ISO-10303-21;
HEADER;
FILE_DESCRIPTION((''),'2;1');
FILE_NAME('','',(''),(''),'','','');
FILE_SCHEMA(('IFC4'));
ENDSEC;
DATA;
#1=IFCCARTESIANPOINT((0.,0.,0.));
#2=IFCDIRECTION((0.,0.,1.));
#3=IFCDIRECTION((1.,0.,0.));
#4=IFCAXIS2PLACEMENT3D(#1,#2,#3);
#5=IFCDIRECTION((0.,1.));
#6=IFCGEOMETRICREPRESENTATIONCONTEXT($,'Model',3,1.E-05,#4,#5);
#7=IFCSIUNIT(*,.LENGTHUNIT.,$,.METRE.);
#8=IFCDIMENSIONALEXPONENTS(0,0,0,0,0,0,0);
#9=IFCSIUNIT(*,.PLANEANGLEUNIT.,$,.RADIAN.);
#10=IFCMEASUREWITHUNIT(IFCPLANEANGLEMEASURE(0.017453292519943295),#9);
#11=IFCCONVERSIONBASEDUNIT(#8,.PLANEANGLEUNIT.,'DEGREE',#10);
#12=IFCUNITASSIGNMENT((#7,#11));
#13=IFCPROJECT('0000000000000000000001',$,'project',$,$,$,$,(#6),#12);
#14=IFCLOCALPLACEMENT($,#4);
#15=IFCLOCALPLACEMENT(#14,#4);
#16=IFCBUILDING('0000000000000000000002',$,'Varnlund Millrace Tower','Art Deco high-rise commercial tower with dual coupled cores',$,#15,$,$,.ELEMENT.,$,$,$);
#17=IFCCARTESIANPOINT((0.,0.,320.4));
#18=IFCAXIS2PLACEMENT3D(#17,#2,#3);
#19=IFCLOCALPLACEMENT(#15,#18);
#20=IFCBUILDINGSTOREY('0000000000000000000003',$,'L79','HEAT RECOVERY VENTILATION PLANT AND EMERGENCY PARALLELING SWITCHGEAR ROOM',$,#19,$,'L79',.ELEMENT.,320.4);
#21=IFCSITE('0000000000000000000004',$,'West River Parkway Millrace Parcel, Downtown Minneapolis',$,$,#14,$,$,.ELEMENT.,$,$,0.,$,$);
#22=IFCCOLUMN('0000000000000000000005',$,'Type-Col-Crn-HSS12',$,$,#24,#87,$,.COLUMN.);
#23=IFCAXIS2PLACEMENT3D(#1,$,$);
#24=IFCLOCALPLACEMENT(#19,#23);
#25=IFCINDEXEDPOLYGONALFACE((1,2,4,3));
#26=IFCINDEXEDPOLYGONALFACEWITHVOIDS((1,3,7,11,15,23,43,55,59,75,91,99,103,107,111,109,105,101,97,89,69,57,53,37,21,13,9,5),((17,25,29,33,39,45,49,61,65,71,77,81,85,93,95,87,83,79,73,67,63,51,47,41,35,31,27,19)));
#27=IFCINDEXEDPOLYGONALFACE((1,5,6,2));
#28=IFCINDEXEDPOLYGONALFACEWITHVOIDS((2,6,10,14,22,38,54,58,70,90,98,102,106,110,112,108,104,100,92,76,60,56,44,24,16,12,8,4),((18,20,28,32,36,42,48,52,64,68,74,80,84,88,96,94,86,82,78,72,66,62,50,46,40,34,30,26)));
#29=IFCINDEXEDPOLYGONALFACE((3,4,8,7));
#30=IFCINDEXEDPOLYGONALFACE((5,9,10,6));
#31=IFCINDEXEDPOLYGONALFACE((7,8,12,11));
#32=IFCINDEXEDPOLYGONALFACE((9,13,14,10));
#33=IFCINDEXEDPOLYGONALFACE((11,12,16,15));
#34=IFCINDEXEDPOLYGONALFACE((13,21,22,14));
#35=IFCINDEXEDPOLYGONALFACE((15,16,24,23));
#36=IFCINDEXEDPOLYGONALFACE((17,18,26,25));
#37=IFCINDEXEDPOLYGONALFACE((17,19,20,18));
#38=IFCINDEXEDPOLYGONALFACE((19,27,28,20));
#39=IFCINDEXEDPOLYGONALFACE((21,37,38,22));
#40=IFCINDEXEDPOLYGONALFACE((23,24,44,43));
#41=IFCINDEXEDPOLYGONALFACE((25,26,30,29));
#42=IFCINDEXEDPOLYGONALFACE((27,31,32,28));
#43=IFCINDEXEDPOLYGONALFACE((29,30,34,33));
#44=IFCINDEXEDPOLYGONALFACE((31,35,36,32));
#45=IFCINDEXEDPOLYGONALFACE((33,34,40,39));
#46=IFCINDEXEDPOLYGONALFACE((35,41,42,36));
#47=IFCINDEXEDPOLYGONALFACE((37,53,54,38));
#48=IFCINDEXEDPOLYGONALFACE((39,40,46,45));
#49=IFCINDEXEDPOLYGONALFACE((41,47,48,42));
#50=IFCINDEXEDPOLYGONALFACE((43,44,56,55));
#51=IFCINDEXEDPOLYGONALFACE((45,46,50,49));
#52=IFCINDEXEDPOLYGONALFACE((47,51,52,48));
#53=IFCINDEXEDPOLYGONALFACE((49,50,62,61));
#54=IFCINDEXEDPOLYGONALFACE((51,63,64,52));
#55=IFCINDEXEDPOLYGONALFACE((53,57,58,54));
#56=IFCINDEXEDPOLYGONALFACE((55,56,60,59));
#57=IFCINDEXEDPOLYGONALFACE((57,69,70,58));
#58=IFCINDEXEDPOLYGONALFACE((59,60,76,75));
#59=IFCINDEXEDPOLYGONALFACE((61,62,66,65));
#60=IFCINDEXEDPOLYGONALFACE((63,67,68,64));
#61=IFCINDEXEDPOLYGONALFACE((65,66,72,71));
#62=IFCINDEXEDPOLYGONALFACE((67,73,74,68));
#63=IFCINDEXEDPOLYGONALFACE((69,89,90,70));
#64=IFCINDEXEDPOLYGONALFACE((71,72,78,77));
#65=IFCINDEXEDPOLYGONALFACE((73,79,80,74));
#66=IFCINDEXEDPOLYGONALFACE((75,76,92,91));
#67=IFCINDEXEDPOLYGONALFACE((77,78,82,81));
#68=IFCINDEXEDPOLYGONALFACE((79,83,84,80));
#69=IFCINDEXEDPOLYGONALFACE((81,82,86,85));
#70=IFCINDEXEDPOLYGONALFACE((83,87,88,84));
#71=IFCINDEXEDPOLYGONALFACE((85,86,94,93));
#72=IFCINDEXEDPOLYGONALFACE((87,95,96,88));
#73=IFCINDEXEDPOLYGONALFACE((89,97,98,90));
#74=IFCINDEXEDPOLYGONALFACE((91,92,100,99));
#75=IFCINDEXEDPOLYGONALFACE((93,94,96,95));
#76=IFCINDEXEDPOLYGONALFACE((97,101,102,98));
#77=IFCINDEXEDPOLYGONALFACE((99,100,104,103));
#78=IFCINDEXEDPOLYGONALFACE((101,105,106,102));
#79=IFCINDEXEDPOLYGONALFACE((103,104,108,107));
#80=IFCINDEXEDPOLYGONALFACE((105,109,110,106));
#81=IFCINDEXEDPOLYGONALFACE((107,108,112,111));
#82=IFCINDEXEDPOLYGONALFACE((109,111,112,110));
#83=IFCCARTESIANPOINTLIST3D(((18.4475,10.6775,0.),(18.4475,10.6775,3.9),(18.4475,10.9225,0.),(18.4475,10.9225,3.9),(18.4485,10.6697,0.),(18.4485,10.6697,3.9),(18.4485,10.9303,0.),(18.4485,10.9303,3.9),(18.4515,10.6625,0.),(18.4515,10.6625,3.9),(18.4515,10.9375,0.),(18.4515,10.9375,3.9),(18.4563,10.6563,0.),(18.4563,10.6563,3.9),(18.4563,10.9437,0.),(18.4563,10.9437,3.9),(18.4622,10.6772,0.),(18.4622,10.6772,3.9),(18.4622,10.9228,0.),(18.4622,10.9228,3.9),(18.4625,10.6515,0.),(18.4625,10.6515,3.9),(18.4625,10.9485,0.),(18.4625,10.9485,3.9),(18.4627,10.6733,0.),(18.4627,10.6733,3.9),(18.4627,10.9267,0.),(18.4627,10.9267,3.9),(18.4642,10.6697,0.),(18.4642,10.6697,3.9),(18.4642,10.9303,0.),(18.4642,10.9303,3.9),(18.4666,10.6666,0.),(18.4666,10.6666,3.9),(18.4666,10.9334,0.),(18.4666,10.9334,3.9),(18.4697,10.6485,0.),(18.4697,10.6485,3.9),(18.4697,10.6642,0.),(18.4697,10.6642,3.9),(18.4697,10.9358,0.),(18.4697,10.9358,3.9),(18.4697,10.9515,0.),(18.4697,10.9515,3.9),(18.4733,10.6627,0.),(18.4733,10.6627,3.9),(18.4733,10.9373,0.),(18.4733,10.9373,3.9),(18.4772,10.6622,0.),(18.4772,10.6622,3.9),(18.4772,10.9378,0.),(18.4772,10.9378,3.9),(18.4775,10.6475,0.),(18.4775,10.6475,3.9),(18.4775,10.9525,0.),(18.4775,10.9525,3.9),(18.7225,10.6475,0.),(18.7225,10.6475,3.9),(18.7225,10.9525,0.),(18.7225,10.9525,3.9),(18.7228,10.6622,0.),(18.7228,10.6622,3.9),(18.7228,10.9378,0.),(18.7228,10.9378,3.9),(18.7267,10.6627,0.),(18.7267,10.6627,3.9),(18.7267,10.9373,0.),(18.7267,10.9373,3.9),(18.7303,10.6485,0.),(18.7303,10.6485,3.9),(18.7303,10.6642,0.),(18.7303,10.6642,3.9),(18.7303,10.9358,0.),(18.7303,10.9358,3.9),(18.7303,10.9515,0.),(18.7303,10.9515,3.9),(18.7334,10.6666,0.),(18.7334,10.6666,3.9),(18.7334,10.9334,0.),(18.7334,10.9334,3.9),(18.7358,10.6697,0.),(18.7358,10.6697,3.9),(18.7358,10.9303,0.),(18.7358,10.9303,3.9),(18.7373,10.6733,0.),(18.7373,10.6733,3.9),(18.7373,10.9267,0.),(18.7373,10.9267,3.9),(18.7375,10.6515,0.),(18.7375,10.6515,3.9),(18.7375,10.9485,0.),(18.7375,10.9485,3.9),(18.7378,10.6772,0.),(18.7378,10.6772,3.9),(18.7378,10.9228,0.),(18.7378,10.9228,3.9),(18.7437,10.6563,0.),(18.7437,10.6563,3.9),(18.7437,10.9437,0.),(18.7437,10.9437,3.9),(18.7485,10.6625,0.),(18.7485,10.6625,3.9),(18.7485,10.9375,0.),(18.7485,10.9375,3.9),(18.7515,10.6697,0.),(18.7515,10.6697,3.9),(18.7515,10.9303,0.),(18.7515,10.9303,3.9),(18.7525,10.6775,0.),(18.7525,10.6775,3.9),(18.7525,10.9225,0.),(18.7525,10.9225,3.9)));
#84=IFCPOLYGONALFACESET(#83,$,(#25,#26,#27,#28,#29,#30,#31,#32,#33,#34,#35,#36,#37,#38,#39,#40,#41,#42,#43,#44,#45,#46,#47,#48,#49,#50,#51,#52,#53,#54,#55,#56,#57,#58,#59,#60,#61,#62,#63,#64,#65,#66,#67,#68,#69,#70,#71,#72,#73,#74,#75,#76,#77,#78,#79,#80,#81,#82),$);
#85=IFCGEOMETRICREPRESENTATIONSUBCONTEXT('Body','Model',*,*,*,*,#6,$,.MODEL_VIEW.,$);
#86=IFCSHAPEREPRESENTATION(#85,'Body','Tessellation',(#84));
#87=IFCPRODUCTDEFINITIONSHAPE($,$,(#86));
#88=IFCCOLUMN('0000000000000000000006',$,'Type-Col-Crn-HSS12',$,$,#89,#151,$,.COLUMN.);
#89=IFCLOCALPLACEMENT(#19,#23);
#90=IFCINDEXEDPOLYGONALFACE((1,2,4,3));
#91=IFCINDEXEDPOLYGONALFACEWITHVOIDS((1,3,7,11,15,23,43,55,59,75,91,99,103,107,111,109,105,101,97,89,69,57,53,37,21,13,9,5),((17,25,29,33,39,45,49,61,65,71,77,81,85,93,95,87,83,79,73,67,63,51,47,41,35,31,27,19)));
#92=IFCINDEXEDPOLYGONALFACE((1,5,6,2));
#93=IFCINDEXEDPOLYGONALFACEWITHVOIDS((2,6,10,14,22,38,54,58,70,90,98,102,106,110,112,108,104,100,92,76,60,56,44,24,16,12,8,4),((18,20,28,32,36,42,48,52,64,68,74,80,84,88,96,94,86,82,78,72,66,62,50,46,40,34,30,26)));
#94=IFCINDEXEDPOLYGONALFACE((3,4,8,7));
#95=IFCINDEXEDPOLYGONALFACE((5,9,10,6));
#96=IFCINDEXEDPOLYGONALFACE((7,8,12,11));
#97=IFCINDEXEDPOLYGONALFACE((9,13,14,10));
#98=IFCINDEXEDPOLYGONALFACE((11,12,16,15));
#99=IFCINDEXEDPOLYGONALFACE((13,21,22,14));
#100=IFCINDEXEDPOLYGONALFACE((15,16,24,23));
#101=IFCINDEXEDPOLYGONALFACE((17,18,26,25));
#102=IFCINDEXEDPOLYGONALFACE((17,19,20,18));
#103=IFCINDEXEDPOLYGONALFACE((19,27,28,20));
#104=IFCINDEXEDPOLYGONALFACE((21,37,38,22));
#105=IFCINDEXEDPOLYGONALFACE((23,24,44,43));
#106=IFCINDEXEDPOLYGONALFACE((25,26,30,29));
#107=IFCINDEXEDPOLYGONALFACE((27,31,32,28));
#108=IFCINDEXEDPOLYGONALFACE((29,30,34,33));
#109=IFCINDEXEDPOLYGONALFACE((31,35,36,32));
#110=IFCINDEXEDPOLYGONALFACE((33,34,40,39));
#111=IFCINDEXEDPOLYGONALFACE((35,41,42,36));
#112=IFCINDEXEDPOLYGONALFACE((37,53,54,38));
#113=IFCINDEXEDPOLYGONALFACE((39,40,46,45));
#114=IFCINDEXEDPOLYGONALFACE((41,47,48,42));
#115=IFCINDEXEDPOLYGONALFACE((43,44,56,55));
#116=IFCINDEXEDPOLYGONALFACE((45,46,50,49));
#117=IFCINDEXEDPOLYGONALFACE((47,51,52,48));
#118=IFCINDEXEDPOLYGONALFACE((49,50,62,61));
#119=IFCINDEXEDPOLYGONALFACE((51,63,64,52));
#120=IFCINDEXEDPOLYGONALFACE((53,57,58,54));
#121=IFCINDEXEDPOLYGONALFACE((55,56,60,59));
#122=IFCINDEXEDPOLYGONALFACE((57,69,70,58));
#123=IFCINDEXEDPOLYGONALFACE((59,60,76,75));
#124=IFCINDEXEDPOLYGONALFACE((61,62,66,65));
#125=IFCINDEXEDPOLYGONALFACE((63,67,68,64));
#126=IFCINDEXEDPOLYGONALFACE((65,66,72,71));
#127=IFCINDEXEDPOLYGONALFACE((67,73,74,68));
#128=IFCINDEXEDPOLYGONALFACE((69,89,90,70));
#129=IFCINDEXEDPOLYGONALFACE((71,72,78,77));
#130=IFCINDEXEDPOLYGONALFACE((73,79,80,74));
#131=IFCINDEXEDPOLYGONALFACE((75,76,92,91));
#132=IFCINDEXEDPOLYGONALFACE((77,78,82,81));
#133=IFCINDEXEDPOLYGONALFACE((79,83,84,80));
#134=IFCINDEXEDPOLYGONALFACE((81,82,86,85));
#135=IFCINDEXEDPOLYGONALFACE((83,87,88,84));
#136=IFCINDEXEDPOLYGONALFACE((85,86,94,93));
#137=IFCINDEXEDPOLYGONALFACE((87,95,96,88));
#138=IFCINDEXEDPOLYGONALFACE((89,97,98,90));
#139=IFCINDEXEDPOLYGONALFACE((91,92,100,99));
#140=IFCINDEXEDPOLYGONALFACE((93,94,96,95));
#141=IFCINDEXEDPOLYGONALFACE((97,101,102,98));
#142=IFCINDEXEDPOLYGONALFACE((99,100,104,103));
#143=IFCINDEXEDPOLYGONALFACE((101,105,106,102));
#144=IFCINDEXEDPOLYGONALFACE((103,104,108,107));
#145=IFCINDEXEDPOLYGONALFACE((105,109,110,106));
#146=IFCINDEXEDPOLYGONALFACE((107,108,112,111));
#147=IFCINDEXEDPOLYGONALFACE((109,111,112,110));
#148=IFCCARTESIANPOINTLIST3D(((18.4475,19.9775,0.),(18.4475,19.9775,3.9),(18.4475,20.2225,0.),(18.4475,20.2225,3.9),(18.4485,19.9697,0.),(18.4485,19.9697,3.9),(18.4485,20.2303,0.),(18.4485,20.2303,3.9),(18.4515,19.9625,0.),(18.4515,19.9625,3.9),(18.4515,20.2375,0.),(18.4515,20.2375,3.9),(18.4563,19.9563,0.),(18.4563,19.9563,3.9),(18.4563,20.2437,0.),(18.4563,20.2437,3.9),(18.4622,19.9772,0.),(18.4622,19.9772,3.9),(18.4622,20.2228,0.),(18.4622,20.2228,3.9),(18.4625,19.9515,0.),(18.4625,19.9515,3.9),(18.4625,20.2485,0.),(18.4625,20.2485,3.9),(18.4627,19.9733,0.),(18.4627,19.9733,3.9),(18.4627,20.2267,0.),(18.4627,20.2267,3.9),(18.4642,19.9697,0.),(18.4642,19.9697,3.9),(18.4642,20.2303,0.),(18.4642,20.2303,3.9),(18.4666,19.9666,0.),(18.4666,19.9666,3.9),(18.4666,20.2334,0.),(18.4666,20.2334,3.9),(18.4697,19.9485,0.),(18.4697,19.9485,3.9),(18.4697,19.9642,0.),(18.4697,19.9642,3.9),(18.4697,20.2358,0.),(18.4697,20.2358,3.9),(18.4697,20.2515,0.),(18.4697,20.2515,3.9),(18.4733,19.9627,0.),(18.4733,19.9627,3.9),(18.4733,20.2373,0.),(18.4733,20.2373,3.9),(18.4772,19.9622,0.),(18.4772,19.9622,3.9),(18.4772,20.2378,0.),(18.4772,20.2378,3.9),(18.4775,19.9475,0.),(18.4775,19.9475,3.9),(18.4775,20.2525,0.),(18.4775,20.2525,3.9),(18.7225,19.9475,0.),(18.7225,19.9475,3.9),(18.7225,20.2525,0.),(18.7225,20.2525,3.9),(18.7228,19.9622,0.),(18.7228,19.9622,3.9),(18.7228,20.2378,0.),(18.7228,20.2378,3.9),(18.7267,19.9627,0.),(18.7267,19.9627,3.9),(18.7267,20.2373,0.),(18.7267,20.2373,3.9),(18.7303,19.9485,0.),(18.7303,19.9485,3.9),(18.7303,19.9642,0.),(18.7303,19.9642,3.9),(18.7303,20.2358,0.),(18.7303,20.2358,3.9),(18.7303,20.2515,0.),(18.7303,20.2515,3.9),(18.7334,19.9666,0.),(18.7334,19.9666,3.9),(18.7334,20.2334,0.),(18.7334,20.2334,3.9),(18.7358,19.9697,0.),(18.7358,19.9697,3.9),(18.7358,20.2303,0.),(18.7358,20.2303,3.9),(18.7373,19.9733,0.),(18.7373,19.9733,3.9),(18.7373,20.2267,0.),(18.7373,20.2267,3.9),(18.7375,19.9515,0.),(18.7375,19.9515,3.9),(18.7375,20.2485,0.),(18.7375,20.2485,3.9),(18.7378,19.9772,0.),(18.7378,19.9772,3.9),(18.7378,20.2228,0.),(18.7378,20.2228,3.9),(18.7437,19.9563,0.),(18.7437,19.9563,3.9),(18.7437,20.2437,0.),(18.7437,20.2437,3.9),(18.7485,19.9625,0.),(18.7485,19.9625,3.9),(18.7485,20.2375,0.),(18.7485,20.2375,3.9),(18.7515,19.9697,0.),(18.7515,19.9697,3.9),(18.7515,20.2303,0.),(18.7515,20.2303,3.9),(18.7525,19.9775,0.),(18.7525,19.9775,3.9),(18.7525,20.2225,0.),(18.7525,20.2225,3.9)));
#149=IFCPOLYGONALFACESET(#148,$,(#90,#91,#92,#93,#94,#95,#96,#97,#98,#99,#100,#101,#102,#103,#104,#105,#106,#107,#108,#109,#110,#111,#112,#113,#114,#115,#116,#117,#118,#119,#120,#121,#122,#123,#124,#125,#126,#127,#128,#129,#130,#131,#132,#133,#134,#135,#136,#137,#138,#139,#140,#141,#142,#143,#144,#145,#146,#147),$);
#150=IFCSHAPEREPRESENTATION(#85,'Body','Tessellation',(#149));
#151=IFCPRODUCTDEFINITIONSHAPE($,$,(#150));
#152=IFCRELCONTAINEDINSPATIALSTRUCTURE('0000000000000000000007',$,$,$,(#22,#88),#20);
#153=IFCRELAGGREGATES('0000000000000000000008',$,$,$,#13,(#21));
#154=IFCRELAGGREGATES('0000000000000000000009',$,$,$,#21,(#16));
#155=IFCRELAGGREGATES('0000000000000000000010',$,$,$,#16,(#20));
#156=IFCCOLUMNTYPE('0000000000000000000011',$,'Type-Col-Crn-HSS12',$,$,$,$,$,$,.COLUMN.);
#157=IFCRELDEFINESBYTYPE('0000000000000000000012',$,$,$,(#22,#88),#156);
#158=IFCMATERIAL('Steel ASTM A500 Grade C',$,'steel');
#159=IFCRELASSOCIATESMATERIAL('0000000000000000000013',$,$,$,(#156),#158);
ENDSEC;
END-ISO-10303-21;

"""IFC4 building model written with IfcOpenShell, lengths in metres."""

from ifc_helpers import new_model, entity, si_unit, converted_unit, direction, frame, origin_with_axes, origin_2d_with_axis, place, context, subcontext, project, spatial, hollow_rectangle, extrude, material, material_profile, profile_set, type_object, element, save


model = new_model("IFC4")

# Units and contexts
model_context = context("Model", 3, precision=1e-05, world=origin_with_axes(), true_north=direction((0.0, 1.0)))
body_context = subcontext(model_context, "Body", "Model", "MODEL_VIEW")
ifc_project = project(units=[si_unit("LENGTHUNIT", "METRE"), converted_unit("PLANEANGLEUNIT", "DEGREE", entity("IfcPlaneAngleMeasure", 0.017453292519943295), si_unit("PLANEANGLEUNIT", "RADIAN"), dimensions=[0, 0, 0, 0, 0, 0, 0])], contexts=[model_context])

# Site, building, storey
site_placement = place(None, origin_with_axes())
site = spatial("IfcSite", under=ifc_project, at=site_placement, Name="West River Parkway Millrace Parcel, Downtown Minneapolis", CompositionType="ELEMENT", RefElevation=0.0)
building_placement = place(site_placement, origin_with_axes())
building = spatial("IfcBuilding", under=site, at=building_placement, Name="Varnlund Millrace Tower", Description="Art Deco high-rise commercial tower with dual coupled cores", CompositionType="ELEMENT")
storey_placement = place(building_placement, frame((0.0, 0.0, 320.4), z_axis=(0.0, 0.0, 1.0), x_axis=(1.0, 0.0, 0.0)))
storey = spatial("IfcBuildingStorey", under=building, at=storey_placement, Name="L79", Description="HEAT RECOVERY VENTILATION PLANT AND EMERGENCY PARALLELING SWITCHGEAR ROOM", LongName="L79", CompositionType="ELEMENT", Elevation=320.4)

# Columns
ifc_material_1 = material(Name="Steel ASTM A500 Grade C", Category="steel")
ifc_material_profile_1 = material_profile(ifc_material_1, hollow_rectangle(XDim=0.305, YDim=0.305, WallThickness=0.0147, InnerFilletRadius=0.015, OuterFilletRadius=0.03, at=origin_2d_with_axis()), Name="Steel ASTM A500 Grade C")
ifc_profile_set_1 = profile_set([ifc_material_profile_1], Name="Steel ASTM A500 Grade C")
column_type = type_object("IfcColumnType", Name="Type-Col-Crn-HSS12", PredefinedType="COLUMN", material=ifc_profile_set_1)
for number, where, z_axis, x_axis, name in (
    (1, (18.6, 10.8, 0.0), (0.0, 0.0, 1.0), (1.0, 0.0, 0.0), "Type-Col-Crn-HSS12"),
    (2, (18.6, 20.1, 0.0), (0.0, 0.0, 1.0), (1.0, 0.0, 0.0), "Type-Col-Crn-HSS12"),
):
    element("IfcColumn", number, at=place(storey_placement, frame(where, z_axis=z_axis, x_axis=x_axis)), inside=storey, type_object=column_type, Name=name, PredefinedType="COLUMN", context=body_context, shape_type="SweptSolid", body=[
        extrude(hollow_rectangle(XDim=0.305, YDim=0.305, WallThickness=0.0147, InnerFilletRadius=0.015, OuterFilletRadius=0.03, at=origin_2d_with_axis()), origin_with_axes(), (0.0, 0.0, 1.0), 3.9),
    ])

save(model, "model.ifc")
